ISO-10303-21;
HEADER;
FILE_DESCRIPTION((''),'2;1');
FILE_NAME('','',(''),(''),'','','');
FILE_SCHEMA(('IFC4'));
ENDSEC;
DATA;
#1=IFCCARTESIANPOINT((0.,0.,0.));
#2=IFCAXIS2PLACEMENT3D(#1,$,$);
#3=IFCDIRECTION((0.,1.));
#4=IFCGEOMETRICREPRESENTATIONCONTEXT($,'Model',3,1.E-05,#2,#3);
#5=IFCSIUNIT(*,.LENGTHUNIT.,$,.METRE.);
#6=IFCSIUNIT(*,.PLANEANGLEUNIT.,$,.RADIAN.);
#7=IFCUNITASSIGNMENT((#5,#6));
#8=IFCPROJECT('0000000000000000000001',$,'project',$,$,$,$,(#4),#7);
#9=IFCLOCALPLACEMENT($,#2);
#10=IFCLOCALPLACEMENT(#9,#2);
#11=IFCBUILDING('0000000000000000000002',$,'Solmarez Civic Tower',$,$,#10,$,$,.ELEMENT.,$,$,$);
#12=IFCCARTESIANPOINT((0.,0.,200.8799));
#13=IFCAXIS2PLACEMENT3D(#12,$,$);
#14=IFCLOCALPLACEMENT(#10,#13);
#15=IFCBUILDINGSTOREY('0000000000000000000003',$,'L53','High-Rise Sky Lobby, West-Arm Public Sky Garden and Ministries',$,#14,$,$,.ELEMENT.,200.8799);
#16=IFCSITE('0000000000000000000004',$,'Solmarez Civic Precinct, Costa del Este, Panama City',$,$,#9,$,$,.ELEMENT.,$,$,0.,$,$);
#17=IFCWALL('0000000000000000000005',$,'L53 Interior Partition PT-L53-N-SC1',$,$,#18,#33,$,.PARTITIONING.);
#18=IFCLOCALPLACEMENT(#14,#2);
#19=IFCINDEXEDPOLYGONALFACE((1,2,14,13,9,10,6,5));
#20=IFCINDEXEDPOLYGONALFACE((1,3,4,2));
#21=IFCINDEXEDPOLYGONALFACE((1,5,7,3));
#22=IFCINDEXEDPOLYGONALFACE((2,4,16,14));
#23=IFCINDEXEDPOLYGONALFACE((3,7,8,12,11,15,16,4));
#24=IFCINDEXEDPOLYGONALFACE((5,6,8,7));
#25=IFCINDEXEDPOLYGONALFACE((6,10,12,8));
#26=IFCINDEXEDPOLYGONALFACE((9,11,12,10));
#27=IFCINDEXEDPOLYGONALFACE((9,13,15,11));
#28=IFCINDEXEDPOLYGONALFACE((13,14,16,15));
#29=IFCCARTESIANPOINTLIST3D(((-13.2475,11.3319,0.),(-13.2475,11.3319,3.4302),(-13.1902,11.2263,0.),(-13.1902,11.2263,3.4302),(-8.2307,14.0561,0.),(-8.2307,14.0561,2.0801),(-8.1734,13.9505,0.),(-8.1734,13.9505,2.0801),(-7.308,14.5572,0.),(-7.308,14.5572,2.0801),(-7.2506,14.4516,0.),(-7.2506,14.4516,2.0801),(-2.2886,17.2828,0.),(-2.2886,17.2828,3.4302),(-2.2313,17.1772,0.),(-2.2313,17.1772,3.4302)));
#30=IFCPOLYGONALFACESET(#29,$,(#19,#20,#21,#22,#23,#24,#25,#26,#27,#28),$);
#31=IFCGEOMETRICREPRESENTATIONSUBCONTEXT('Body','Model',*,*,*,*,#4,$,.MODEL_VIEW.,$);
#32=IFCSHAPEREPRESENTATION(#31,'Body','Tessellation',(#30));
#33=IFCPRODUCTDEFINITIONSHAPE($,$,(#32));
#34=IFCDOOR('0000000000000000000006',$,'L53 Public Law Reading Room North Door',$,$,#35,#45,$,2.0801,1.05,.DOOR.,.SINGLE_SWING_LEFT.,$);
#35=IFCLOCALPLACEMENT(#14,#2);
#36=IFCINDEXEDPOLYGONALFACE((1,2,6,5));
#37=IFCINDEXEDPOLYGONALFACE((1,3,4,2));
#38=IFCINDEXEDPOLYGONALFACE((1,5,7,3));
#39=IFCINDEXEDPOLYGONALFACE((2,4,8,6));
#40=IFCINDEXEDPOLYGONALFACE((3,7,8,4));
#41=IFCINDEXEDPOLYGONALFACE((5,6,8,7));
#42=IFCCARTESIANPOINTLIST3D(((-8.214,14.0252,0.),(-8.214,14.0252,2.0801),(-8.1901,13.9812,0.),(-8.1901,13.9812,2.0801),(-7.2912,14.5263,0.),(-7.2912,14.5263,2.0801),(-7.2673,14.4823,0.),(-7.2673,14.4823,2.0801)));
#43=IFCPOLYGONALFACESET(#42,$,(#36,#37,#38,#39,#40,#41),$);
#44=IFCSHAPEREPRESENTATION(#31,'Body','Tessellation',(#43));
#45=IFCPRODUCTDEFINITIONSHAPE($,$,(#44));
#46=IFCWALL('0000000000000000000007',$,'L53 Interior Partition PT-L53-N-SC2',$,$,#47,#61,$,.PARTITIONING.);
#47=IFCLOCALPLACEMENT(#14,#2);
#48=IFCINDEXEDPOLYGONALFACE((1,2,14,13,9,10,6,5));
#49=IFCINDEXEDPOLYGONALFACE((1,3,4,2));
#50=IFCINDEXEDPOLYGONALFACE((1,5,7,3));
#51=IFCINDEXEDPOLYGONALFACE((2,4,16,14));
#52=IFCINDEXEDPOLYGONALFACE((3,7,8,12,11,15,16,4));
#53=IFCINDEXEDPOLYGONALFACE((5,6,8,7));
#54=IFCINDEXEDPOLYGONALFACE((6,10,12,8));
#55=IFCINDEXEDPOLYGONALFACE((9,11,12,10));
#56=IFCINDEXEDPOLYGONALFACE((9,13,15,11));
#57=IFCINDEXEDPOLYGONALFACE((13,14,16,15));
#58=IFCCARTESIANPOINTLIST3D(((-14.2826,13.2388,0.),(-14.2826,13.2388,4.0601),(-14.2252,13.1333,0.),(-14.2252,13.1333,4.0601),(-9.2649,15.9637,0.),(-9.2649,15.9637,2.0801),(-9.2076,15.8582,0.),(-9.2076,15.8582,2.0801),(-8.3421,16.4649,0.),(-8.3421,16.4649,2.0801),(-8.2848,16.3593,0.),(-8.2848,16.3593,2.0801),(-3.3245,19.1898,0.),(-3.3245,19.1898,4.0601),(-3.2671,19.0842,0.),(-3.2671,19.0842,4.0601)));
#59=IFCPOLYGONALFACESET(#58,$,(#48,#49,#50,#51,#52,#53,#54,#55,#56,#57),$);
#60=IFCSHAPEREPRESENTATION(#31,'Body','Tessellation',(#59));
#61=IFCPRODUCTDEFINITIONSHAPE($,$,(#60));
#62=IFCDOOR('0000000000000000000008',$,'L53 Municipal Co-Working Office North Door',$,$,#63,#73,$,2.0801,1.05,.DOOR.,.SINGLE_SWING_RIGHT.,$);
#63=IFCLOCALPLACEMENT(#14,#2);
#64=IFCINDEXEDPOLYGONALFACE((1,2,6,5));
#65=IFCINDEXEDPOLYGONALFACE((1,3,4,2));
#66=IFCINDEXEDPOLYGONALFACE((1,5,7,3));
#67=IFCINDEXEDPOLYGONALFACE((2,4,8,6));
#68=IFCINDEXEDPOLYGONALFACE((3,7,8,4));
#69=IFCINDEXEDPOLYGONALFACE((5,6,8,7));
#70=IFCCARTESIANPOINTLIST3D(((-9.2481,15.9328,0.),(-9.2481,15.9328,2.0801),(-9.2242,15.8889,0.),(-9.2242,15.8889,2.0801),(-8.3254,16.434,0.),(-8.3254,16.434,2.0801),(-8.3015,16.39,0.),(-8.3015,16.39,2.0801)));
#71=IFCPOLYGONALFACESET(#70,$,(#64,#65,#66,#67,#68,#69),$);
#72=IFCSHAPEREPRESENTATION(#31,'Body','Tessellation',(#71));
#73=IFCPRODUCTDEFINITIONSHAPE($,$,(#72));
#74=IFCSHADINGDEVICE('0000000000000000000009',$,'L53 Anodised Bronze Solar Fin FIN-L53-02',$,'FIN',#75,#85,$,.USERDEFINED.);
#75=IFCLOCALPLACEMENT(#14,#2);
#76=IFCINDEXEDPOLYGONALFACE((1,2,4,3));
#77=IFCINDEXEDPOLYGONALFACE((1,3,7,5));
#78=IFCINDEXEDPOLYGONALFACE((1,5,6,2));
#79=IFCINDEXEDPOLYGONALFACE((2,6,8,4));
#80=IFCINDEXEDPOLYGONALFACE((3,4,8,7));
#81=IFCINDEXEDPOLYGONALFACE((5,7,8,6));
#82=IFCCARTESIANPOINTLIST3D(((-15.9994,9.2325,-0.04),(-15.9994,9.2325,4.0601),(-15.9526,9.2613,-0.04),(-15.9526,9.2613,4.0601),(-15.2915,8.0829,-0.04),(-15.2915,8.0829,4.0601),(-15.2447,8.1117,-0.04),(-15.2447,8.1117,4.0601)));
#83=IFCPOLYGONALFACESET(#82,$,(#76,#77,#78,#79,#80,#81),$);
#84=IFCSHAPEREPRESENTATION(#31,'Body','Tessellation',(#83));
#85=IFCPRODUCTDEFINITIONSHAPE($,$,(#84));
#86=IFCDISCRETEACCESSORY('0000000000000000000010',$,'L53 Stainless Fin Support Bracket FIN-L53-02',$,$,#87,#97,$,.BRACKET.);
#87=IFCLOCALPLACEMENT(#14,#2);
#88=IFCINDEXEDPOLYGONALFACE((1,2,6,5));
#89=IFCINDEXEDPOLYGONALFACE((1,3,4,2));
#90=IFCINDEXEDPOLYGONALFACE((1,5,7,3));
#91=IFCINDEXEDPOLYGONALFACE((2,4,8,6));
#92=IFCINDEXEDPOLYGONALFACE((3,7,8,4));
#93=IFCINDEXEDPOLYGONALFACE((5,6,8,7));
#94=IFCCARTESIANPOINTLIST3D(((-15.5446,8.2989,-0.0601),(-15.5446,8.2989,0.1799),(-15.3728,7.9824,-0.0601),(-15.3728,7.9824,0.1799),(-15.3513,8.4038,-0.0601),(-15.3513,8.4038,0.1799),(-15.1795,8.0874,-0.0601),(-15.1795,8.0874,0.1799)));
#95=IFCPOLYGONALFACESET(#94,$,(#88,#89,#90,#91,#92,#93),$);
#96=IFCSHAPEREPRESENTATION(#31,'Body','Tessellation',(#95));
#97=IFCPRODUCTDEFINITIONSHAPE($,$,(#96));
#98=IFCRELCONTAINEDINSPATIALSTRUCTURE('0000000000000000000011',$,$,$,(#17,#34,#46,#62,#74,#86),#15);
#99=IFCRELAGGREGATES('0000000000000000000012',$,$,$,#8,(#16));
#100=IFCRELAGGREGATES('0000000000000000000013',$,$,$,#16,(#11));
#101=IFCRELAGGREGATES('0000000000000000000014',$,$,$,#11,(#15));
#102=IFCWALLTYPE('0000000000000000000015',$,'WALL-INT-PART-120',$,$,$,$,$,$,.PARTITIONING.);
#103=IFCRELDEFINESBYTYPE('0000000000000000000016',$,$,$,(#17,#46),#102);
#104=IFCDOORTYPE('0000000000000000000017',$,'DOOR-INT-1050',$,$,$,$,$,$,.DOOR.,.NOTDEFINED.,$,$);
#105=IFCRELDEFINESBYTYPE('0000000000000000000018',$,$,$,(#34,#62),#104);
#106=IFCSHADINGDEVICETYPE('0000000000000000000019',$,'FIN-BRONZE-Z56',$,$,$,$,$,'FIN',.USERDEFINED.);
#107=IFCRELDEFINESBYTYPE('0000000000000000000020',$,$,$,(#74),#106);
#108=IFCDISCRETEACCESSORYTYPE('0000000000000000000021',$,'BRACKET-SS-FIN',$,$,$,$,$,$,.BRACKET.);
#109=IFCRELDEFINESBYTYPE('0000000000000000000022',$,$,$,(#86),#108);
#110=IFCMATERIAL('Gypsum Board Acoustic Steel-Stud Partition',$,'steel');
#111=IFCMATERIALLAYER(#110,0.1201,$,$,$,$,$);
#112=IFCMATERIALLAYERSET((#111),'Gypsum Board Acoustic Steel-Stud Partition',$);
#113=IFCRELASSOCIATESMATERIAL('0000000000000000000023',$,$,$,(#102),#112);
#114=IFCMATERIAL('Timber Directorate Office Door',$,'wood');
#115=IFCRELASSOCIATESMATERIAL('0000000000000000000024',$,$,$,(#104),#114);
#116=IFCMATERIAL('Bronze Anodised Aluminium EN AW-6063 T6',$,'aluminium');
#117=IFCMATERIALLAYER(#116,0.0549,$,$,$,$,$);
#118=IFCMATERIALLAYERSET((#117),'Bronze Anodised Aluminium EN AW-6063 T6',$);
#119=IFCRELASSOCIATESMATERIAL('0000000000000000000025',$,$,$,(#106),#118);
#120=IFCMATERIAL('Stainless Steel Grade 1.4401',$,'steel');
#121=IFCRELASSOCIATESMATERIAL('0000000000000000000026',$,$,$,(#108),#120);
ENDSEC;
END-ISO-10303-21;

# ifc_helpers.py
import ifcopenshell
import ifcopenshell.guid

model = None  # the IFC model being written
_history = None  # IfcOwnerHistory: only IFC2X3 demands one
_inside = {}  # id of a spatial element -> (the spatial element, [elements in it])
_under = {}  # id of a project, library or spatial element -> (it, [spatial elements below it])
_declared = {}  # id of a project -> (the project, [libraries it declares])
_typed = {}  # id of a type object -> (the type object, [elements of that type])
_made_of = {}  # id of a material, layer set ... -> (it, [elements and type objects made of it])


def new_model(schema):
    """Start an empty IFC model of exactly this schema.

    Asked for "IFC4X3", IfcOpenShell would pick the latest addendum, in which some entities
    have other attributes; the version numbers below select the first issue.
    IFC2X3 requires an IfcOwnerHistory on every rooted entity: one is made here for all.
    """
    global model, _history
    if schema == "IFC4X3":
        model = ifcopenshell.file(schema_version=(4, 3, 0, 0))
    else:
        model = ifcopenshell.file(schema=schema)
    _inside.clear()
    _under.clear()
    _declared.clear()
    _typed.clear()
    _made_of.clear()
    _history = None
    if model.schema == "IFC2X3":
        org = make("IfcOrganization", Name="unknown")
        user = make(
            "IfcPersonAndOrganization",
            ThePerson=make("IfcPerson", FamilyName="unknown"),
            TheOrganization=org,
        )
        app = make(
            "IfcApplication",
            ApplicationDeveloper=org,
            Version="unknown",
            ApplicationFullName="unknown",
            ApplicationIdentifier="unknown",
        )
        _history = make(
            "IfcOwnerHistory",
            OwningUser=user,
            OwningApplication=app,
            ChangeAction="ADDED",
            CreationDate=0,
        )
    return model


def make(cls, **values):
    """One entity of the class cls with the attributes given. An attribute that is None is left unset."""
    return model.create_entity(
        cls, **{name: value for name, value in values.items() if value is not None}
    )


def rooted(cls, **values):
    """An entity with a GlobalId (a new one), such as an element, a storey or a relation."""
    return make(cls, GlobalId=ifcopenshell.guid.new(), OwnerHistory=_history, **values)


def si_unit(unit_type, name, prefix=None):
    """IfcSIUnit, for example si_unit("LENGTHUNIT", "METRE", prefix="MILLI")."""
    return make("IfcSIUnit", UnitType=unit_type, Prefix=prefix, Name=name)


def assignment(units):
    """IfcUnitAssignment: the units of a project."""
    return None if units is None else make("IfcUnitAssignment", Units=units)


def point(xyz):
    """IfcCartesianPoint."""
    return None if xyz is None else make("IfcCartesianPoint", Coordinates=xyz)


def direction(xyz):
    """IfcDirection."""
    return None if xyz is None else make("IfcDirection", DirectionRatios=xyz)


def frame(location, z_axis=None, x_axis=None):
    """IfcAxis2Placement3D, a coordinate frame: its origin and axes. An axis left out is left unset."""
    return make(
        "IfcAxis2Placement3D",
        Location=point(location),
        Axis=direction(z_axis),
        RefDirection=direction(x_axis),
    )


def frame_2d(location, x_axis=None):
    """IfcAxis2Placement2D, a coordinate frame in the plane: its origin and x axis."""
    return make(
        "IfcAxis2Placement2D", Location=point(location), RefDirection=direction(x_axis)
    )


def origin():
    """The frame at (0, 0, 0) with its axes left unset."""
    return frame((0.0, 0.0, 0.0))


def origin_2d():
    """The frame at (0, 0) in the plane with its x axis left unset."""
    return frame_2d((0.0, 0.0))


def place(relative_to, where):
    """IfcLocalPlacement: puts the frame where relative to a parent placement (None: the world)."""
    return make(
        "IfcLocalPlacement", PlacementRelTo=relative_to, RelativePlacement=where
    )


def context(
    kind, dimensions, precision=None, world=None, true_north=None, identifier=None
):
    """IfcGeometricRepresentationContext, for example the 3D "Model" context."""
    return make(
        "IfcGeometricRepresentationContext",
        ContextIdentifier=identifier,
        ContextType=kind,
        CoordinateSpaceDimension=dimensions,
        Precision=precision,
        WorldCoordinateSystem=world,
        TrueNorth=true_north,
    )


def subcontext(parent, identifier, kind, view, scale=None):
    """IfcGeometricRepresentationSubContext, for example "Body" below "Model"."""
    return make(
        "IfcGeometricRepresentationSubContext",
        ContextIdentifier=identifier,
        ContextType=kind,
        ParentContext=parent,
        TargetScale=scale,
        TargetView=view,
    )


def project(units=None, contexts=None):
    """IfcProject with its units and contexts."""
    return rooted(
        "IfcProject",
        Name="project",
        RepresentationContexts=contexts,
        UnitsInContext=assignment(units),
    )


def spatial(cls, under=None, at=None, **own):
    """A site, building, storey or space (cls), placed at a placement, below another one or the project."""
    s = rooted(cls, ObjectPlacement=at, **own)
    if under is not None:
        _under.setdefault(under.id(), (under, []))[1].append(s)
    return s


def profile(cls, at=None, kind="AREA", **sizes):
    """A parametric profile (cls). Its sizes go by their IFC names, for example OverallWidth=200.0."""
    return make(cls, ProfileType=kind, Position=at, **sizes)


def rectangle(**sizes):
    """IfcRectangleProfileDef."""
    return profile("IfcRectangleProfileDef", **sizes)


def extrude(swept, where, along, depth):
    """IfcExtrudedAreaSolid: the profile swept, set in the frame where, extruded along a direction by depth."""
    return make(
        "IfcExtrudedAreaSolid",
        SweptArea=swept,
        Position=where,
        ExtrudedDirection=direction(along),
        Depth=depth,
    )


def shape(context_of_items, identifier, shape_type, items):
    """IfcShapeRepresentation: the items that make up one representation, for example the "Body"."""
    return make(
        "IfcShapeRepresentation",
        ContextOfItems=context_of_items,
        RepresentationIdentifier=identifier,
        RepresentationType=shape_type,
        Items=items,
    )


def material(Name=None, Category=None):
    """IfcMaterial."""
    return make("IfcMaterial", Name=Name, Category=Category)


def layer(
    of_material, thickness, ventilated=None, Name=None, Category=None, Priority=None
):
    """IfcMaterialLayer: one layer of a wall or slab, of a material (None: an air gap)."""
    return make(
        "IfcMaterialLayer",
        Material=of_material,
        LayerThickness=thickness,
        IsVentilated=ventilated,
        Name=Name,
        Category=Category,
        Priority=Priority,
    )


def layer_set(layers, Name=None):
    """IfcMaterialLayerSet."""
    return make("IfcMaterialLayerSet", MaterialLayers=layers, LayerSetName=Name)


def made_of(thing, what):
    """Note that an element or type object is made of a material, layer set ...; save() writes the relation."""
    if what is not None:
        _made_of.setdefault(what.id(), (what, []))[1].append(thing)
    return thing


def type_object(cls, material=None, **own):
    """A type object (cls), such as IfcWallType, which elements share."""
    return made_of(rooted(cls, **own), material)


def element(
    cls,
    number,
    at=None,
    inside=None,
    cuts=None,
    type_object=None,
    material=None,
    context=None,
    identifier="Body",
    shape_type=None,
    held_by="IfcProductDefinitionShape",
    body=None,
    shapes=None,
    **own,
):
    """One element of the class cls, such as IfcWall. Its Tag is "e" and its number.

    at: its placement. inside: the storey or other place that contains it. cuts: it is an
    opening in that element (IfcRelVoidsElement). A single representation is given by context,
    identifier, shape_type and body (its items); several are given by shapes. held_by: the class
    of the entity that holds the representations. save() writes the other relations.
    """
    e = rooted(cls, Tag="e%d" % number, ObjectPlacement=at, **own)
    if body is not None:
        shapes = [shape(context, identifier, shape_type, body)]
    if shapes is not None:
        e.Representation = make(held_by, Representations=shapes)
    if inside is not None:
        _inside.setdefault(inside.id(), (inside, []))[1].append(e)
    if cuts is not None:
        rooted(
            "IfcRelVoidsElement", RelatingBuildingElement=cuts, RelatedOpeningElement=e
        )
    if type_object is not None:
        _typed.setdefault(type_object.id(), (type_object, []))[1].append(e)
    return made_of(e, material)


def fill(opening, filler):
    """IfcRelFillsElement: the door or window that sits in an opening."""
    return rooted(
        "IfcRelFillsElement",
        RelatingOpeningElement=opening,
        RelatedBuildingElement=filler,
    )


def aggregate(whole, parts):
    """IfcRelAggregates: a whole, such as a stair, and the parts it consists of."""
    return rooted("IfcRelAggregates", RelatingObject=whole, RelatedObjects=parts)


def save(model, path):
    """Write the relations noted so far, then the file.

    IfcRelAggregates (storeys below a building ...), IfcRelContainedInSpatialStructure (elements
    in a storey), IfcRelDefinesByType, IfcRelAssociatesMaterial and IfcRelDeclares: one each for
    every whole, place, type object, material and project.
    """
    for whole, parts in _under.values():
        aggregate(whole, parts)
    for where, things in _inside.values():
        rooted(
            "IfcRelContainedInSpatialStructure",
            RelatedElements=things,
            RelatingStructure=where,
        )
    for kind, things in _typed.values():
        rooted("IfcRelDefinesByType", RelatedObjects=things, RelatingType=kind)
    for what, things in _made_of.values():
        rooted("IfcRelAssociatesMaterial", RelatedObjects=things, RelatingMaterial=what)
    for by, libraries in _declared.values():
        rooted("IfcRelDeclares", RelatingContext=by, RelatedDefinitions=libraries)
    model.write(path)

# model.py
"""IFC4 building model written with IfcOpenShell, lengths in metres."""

from ifc_helpers import new_model, si_unit, direction, frame, frame_2d, origin, origin_2d, place, context, subcontext, project, spatial, rectangle, extrude, material, layer, layer_set, type_object, element, fill, save


model = new_model("IFC4")

# Units and contexts
model_context = context("Model", 3, precision=1e-05, world=origin(), true_north=direction((0.0, 1.0)))
body_context = subcontext(model_context, "Body", "Model", "MODEL_VIEW")
ifc_project = project(units=[si_unit("LENGTHUNIT", "METRE"), si_unit("PLANEANGLEUNIT", "RADIAN")], contexts=[model_context])

# Site, building, storey
site_placement = place(None, origin())
site = spatial("IfcSite", under=ifc_project, at=site_placement, Name="Solmarez Civic Precinct, Costa del Este, Panama City", CompositionType="ELEMENT", RefElevation=0.0)
building_placement = place(site_placement, origin())
building = spatial("IfcBuilding", under=site, at=building_placement, Name="Solmarez Civic Tower", CompositionType="ELEMENT")
storey_placement = place(building_placement, frame((0.0, 0.0, 200.8799)))
storey = spatial("IfcBuildingStorey", under=building, at=storey_placement, Name="L53", Description="High-Rise Sky Lobby, West-Arm Public Sky Garden and Ministries", CompositionType="ELEMENT", Elevation=200.8799)

# Shared definitions
ifc_material_1 = material(Name="Bronze Anodised Aluminium EN AW-6063 T6", Category="aluminium")

# Shared definitions
ifc_material_2 = material(Name="Gypsum Board Acoustic Steel-Stud Partition", Category="steel")
ifc_layer_1 = layer(ifc_material_2, 0.1201)
ifc_layer_set_1 = layer_set([ifc_layer_1], Name="Gypsum Board Acoustic Steel-Stud Partition")
wall_type_1 = type_object("IfcWallType", Name="WALL-INT-PART-120", PredefinedType="PARTITIONING", material=ifc_layer_set_1)

# Walls, openings, doors
wall_1_placement = place(storey_placement, frame((-13.219, 11.2791, 0.0), z_axis=(0.0, 0.0, 1.0), x_axis=(0.878794, 0.477201, 0.0)))
wall_1 = element("IfcWall", 1, at=wall_1_placement, inside=storey, type_object=wall_type_1, Name="L53 Interior Partition PT-L53-N-SC1", PredefinedType="PARTITIONING", context=body_context, shape_type="SweptSolid", body=[
    extrude(rectangle(XDim=12.4705, YDim=0.1201, at=frame_2d((6.2354, 0.0))), origin(), (0.0, 0.0, 1.0), 3.4302),
])
opening_1_placement = place(wall_1_placement, frame((5.709, 0.0, 0.0)))
opening_1 = element("IfcOpeningElement", 2, at=opening_1_placement, cuts=wall_1, PredefinedType="OPENING", context=body_context, shape_type="SweptSolid", body=[
    extrude(rectangle(XDim=1.05, YDim=2.0801, at=frame_2d((0.5249, 1.04))), frame((0.0, 0.0701, 0.0), z_axis=(0.0, -1.0, 0.0), x_axis=(1.0, 0.0, 0.0)), (0.0, 0.0, 1.0), 0.1401),
])
ifc_material_3 = material(Name="Timber Directorate Office Door", Category="wood")
door_type_1 = type_object("IfcDoorType", Name="DOOR-INT-1050", OperationType="NOTDEFINED", PredefinedType="DOOR", material=ifc_material_3)
door_1_placement = place(opening_1_placement, origin())
door_1 = element("IfcDoor", 3, at=door_1_placement, inside=storey, type_object=door_type_1, Name="L53 Public Law Reading Room North Door", OperationType="SINGLE_SWING_LEFT", OverallHeight=2.0801, OverallWidth=1.05, PredefinedType="DOOR", context=body_context, shape_type="SweptSolid", body=[
    extrude(rectangle(XDim=1.05, YDim=2.0801, at=frame_2d((0.5249, 1.04))), frame((0.0, 0.0249, 0.0), z_axis=(0.0, -1.0, 0.0), x_axis=(1.0, 0.0, 0.0)), (0.0, 0.0, 1.0), 0.05),
])
fill(opening_1, door_1)
wall_2_placement = place(storey_placement, frame((-14.2539, 13.186, 0.0), z_axis=(0.0, 0.0, 1.0), x_axis=(0.878776, 0.477234, 0.0)))
wall_2 = element("IfcWall", 4, at=wall_2_placement, inside=storey, type_object=wall_type_1, Name="L53 Interior Partition PT-L53-N-SC2", PredefinedType="PARTITIONING", context=body_context, shape_type="SweptSolid", body=[
    extrude(rectangle(XDim=12.4697, YDim=0.1201, at=frame_2d((6.2349, 0.0))), origin(), (0.0, 0.0, 1.0), 4.0601),
])
opening_2_placement = place(wall_2_placement, frame((5.71, 0.0, 0.0)))
opening_2 = element("IfcOpeningElement", 5, at=opening_2_placement, cuts=wall_2, PredefinedType="OPENING", context=body_context, shape_type="SweptSolid", body=[
    extrude(rectangle(XDim=1.05, YDim=2.0801, at=frame_2d((0.5249, 1.04))), frame((0.0, 0.0701, 0.0), z_axis=(0.0, -1.0, 0.0), x_axis=(1.0, 0.0, 0.0)), (0.0, 0.0, 1.0), 0.1401),
])
door_2_placement = place(opening_2_placement, origin())
door_2 = element("IfcDoor", 6, at=door_2_placement, inside=storey, type_object=door_type_1, Name="L53 Municipal Co-Working Office North Door", OperationType="SINGLE_SWING_RIGHT", OverallHeight=2.0801, OverallWidth=1.05, PredefinedType="DOOR", context=body_context, shape_type="SweptSolid", body=[
    extrude(rectangle(XDim=1.05, YDim=2.0801, at=frame_2d((0.5249, 1.04))), frame((0.0, 0.0249, 0.0), z_axis=(0.0, -1.0, 0.0), x_axis=(1.0, 0.0, 0.0)), (0.0, 0.0, 1.0), 0.05),
])
fill(opening_2, door_2)

# Shading device
ifc_layer_2 = layer(ifc_material_1, 0.0549)
ifc_layer_set_2 = layer_set([ifc_layer_2], Name="Bronze Anodised Aluminium EN AW-6063 T6")
shading_device_type = type_object("IfcShadingDeviceType", Name="FIN-BRONZE-Z56", ElementType="FIN", PredefinedType="USERDEFINED", material=ifc_layer_set_2)
shading_device_placement = place(storey_placement, frame((-15.6221, 8.6721, -0.04), z_axis=(0.0, 0.0, 1.0), x_axis=(-0.524313, 0.851526, 0.0)))
element("IfcShadingDevice", 7, at=shading_device_placement, inside=storey, type_object=shading_device_type, Name="L53 Anodised Bronze Solar Fin FIN-L53-02", ObjectType="FIN", PredefinedType="USERDEFINED", context=body_context, shape_type="SweptSolid", body=[
    extrude(rectangle(XDim=1.3501, YDim=0.0549, at=origin_2d()), origin(), (0.0, 0.0, 1.0), 4.1001),
])

# Discrete accessory
ifc_material_4 = material(Name="Stainless Steel Grade 1.4401", Category="steel")
discrete_accessory_type = type_object("IfcDiscreteAccessoryType", Name="BRACKET-SS-FIN", PredefinedType="BRACKET", material=ifc_material_4)
discrete_accessory_placement = place(storey_placement, frame((-15.3621, 8.1931, -0.0601), z_axis=(0.0, 0.0, 1.0), x_axis=(-0.477152, 0.878821, 0.0)))
element("IfcDiscreteAccessory", 8, at=discrete_accessory_placement, inside=storey, type_object=discrete_accessory_type, Name="L53 Stainless Fin Support Bracket FIN-L53-02", PredefinedType="BRACKET", context=body_context, shape_type="SweptSolid", body=[
    extrude(rectangle(XDim=0.3601, YDim=0.22, at=origin_2d()), origin(), (0.0, 0.0, 1.0), 0.24),
])

save(model, "model.ifc")
